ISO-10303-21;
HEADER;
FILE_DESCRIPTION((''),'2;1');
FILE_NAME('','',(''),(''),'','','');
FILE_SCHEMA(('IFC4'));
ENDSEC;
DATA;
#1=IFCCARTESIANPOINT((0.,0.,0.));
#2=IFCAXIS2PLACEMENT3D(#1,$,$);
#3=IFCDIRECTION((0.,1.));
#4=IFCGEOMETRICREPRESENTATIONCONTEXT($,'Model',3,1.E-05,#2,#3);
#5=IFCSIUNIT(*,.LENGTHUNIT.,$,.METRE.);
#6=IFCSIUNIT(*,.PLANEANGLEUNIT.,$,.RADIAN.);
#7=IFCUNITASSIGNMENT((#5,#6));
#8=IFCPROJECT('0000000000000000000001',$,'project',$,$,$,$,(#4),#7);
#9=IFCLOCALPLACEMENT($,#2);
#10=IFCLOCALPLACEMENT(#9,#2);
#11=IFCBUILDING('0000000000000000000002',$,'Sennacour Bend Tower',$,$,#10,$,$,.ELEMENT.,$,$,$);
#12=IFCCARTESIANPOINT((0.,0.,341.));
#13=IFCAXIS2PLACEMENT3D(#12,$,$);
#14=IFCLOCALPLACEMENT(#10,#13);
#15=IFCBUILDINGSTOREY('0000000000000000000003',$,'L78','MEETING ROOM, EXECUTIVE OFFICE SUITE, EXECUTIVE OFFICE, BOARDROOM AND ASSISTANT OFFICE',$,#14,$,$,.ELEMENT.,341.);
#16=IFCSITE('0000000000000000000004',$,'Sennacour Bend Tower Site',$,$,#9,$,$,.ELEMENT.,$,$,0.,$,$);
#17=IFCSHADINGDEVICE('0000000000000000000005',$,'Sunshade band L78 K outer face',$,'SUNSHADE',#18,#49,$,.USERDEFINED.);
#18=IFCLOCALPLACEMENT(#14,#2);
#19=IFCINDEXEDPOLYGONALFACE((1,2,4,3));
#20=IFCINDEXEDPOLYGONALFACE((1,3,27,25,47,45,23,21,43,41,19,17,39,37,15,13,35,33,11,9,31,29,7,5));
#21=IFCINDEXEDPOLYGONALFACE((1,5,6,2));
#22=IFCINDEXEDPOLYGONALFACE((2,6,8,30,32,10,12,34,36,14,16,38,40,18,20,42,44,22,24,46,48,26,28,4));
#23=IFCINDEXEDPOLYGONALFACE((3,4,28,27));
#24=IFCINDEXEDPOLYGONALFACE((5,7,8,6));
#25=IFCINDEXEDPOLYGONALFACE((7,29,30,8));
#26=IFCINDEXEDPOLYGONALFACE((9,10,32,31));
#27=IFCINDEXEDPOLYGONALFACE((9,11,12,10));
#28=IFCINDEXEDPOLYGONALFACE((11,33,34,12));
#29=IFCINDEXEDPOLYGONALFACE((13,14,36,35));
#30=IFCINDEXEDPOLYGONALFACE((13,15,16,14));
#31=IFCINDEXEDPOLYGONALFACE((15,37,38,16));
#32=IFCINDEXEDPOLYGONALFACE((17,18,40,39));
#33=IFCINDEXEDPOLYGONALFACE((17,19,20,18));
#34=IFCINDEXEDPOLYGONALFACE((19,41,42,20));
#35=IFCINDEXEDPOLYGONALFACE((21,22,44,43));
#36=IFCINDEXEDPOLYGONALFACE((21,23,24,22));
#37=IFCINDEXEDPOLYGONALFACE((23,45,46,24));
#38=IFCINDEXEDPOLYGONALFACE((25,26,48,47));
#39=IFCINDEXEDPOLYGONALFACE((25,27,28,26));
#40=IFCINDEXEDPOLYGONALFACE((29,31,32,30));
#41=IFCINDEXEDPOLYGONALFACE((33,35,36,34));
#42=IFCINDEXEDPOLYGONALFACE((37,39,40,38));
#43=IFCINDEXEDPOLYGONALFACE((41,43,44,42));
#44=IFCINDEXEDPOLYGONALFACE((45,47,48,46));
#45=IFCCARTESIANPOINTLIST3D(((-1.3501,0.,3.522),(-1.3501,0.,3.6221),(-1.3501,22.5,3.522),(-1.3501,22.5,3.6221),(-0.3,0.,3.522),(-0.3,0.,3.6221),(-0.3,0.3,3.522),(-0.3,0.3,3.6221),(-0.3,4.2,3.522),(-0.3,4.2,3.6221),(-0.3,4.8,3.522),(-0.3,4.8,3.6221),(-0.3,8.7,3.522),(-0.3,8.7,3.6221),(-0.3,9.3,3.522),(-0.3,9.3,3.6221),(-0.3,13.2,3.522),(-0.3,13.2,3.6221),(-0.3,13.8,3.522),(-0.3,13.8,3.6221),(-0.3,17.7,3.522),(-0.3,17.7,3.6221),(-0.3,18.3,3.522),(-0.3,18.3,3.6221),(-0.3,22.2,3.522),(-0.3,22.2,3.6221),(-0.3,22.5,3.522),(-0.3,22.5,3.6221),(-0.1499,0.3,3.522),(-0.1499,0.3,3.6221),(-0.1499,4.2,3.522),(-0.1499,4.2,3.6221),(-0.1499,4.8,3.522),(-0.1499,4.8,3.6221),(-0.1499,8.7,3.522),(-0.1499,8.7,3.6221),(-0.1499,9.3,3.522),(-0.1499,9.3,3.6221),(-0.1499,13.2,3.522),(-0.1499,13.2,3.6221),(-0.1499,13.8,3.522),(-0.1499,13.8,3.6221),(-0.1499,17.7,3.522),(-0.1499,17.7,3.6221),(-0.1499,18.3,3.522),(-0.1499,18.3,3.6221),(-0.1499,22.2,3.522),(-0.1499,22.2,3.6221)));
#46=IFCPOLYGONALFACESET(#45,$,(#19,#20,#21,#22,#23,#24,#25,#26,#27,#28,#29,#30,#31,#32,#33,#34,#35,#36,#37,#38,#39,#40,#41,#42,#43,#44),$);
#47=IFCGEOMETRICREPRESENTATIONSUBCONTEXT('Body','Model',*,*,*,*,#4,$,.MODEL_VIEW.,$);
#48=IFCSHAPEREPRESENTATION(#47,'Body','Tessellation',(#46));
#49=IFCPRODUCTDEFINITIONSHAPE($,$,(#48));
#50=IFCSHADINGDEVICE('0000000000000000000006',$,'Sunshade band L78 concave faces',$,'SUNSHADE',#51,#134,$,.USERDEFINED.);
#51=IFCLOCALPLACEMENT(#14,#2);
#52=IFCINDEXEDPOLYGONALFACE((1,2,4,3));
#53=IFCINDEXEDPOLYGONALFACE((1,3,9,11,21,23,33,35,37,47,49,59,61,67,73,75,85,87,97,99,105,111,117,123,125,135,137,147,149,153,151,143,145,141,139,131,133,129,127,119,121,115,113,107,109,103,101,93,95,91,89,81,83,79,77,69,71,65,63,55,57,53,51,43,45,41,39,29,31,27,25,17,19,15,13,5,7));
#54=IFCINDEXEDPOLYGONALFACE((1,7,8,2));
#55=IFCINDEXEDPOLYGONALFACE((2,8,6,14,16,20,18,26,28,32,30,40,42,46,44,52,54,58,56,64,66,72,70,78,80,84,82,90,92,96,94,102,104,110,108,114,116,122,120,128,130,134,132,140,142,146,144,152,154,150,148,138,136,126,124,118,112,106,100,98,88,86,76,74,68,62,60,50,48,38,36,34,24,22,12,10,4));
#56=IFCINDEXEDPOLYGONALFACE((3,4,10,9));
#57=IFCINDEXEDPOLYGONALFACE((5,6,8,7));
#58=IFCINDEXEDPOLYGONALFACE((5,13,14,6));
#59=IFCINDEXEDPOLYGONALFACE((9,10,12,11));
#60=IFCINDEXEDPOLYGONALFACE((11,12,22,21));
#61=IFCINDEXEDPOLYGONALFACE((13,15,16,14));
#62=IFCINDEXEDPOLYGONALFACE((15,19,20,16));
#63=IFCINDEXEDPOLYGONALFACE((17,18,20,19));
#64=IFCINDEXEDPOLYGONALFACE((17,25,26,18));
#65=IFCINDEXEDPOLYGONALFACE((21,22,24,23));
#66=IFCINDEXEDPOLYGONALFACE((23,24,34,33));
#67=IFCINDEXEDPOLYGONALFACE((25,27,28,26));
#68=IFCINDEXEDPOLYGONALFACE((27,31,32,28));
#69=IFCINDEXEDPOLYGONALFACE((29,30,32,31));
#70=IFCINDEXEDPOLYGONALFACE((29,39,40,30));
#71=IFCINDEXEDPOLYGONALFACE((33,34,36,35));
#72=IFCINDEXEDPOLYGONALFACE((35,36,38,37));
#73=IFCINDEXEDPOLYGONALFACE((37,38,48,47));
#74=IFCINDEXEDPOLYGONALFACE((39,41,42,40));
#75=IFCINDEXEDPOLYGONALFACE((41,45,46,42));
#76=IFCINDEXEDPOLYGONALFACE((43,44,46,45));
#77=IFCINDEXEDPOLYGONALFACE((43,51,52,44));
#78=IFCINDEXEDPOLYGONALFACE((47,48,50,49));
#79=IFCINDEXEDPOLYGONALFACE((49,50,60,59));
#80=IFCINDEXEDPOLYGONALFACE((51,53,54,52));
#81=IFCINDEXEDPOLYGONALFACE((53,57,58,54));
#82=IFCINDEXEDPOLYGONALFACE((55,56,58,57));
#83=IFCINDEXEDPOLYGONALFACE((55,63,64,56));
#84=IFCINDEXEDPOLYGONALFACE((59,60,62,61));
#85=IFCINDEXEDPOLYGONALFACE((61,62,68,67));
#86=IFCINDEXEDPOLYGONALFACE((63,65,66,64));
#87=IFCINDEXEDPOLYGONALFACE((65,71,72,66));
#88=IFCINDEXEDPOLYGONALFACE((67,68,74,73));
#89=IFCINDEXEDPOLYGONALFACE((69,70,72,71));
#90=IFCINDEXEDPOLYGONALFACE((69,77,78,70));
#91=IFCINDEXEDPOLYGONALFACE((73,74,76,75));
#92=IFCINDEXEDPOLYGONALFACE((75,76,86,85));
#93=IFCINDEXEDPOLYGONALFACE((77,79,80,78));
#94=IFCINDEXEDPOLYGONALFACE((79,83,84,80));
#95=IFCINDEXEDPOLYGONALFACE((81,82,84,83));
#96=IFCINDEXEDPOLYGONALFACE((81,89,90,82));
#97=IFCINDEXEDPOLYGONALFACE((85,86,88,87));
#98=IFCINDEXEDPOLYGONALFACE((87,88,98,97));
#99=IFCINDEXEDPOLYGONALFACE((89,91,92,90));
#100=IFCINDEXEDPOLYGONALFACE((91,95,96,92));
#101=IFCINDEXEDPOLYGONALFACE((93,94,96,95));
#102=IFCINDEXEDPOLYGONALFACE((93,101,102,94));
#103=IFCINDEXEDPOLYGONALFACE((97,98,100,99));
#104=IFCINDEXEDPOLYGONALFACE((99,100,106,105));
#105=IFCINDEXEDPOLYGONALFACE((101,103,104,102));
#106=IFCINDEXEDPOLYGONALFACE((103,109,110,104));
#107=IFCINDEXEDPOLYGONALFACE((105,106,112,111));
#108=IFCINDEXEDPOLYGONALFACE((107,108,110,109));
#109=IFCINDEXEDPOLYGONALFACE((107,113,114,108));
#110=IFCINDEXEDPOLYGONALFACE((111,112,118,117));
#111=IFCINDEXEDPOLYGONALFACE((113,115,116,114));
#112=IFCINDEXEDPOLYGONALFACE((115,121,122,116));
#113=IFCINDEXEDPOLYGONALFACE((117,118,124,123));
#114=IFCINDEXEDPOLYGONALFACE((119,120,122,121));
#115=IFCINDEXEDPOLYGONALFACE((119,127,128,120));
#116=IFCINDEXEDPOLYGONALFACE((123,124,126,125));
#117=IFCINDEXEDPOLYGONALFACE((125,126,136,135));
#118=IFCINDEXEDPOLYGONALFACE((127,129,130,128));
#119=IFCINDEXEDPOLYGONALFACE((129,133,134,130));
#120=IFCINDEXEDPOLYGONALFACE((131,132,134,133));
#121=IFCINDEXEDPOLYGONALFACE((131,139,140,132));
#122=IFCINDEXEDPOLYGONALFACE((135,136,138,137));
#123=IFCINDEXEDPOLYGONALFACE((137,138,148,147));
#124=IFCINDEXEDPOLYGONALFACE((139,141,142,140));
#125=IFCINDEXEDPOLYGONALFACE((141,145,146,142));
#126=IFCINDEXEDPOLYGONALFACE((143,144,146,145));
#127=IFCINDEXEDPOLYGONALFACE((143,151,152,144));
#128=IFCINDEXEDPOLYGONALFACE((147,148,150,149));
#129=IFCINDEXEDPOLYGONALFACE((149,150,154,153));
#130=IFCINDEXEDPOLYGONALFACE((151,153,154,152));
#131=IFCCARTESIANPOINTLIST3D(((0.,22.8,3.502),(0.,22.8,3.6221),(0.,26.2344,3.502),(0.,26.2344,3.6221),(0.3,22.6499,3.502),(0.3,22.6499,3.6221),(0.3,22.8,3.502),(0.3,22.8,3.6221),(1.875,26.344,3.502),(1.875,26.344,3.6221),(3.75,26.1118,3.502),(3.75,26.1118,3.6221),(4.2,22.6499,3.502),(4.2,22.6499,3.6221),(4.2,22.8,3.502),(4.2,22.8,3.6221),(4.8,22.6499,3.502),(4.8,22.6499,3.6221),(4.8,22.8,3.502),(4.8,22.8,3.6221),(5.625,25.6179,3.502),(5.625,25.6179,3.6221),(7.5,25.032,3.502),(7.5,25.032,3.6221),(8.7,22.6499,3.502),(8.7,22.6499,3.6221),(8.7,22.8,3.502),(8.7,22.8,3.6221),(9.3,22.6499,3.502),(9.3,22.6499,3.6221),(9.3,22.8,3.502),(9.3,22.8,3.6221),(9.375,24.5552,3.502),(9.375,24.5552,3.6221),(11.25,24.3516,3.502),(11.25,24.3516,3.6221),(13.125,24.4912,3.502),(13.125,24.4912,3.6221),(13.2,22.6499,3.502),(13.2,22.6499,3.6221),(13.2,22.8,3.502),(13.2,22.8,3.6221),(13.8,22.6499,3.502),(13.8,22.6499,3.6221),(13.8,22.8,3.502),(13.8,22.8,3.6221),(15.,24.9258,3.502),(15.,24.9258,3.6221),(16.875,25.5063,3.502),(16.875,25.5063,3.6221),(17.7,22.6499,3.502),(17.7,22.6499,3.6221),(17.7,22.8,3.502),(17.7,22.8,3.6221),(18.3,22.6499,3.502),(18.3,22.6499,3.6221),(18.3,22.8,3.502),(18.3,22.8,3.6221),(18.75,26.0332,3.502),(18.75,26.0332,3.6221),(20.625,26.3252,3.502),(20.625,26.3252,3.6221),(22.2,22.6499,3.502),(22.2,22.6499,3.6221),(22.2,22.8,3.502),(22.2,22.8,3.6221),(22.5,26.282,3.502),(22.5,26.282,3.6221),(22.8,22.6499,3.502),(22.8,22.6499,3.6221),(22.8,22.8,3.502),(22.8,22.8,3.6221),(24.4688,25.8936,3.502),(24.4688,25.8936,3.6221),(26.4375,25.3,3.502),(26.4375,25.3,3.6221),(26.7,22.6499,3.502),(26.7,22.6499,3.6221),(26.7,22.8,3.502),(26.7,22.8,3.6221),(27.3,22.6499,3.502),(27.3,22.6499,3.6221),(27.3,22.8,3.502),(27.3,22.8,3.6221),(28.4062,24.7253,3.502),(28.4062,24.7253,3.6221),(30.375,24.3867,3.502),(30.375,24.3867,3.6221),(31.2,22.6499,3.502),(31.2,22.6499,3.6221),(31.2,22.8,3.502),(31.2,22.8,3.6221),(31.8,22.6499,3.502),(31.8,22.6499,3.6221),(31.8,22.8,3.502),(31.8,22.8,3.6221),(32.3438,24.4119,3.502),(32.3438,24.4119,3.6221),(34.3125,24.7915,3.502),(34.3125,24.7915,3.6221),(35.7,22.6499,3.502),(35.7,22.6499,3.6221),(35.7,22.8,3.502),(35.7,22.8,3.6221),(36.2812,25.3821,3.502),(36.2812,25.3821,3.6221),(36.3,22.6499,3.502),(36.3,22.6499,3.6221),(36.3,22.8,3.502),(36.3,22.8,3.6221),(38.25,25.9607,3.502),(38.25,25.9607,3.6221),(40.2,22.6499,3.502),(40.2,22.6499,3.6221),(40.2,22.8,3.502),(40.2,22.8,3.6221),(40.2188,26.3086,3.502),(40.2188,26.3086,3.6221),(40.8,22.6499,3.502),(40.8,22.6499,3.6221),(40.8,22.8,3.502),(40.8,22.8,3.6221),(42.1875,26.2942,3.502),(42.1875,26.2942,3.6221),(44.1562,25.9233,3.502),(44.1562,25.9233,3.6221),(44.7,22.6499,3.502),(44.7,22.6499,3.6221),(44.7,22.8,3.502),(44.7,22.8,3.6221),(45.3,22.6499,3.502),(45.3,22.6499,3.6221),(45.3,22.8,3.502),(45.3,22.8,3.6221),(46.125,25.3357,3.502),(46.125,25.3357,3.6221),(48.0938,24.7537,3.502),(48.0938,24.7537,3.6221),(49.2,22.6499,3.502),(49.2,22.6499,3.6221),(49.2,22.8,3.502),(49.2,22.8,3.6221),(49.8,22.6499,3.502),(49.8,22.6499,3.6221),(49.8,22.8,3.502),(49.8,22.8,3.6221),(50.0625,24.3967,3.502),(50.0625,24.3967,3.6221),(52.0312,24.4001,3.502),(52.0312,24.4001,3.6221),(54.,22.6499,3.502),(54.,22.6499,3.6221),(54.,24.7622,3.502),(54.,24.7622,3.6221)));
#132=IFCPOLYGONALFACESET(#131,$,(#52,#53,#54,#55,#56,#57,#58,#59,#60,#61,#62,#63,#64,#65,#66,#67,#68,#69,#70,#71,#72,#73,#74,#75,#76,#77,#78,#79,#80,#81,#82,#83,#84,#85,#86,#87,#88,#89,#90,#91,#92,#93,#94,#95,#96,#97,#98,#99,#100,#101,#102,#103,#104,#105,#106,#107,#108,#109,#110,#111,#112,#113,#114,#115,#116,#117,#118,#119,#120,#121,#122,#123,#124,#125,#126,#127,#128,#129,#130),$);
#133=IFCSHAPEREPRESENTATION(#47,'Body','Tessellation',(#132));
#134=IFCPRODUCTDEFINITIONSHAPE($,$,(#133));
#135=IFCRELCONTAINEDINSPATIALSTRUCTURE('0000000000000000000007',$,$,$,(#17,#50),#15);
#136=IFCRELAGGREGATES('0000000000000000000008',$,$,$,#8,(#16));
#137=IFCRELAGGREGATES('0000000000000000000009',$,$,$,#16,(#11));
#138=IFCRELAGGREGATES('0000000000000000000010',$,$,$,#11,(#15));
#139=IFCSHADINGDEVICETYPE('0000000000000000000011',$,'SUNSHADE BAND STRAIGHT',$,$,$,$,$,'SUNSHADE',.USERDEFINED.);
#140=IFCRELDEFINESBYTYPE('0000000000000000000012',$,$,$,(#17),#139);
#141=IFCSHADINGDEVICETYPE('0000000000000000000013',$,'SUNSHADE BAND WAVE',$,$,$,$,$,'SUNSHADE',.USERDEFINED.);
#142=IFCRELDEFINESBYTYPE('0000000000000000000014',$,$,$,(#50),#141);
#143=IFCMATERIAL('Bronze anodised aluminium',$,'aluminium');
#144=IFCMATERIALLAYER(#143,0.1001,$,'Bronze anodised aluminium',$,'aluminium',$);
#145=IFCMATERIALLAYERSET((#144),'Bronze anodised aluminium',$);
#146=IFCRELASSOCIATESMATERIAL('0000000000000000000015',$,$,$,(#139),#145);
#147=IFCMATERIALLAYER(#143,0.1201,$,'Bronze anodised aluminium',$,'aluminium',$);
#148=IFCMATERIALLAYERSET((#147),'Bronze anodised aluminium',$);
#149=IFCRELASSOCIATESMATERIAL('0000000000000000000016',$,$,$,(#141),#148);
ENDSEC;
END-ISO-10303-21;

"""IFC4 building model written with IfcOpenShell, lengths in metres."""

from ifc_helpers import new_model, si_unit, direction, frame, origin, place, context, subcontext, project, spatial, polyline, outline, extrude, material, layer, layer_set, type_object, element, save


model = new_model("IFC4")

# Units and contexts
model_context = context("Model", 3, precision=1e-05, world=origin(), true_north=direction((0.0, 1.0)))
body_context = subcontext(model_context, "Body", "Model", "MODEL_VIEW")
ifc_project = project(units=[si_unit("LENGTHUNIT", "METRE"), si_unit("PLANEANGLEUNIT", "RADIAN")], contexts=[model_context])

# Site, building, storey
site_placement = place(None, origin())
site = spatial("IfcSite", under=ifc_project, at=site_placement, Name="Sennacour Bend Tower Site", CompositionType="ELEMENT", RefElevation=0.0)
building_placement = place(site_placement, origin())
building = spatial("IfcBuilding", under=site, at=building_placement, Name="Sennacour Bend Tower", CompositionType="ELEMENT")
storey_placement = place(building_placement, frame((0.0, 0.0, 341.0)))
storey = spatial("IfcBuildingStorey", under=building, at=storey_placement, Name="L78", Description="MEETING ROOM, EXECUTIVE OFFICE SUITE, EXECUTIVE OFFICE, BOARDROOM AND ASSISTANT OFFICE", CompositionType="ELEMENT", Elevation=341.0)

# Shading devices
ifc_material_1 = material(Name="Bronze anodised aluminium", Category="aluminium")
ifc_layer_1 = layer(ifc_material_1, 0.1001, Name="Bronze anodised aluminium", Category="aluminium")
ifc_layer_set_1 = layer_set([ifc_layer_1], Name="Bronze anodised aluminium")
shading_device_type_1 = type_object("IfcShadingDeviceType", Name="SUNSHADE BAND STRAIGHT", ElementType="SUNSHADE", PredefinedType="USERDEFINED", material=ifc_layer_set_1)
shading_device_1_placement = place(storey_placement, frame((0.0, 0.0, 3.522)))
element("IfcShadingDevice", 1, at=shading_device_1_placement, inside=storey, type_object=shading_device_type_1, Name="Sunshade band L78 K outer face", ObjectType="SUNSHADE", PredefinedType="USERDEFINED", context=body_context, shape_type="SweptSolid", body=[
    extrude(outline(polyline([(-0.1499, 18.3), (-0.3, 18.3), (-0.3, 17.7), (-0.1499, 17.7), (-0.1499, 13.8), (-0.3, 13.8), (-0.3, 13.2), (-0.1499, 13.2), (-0.1499, 9.3), (-0.3, 9.3), (-0.3, 8.7), (-0.1499, 8.7), (-0.1499, 4.8), (-0.3, 4.8), (-0.3, 4.2), (-0.1499, 4.2), (-0.1499, 0.3), (-0.3, 0.3), (-0.3, 0.0), (-1.3501, 0.0), (-1.3501, 22.5), (-0.3, 22.5), (-0.3, 22.2), (-0.1499, 22.2), (-0.1499, 18.3)])), origin(), (0.0, 0.0, 1.0), 0.1001),
])
ifc_layer_2 = layer(ifc_material_1, 0.1201, Name="Bronze anodised aluminium", Category="aluminium")
ifc_layer_set_2 = layer_set([ifc_layer_2], Name="Bronze anodised aluminium")
shading_device_type_2 = type_object("IfcShadingDeviceType", Name="SUNSHADE BAND WAVE", ElementType="SUNSHADE", PredefinedType="USERDEFINED", material=ifc_layer_set_2)
shading_device_2_placement = place(storey_placement, frame((0.0, 0.0, 3.502)))
element("IfcShadingDevice", 2, at=shading_device_2_placement, inside=storey, type_object=shading_device_type_2, Name="Sunshade band L78 concave faces", ObjectType="SUNSHADE", PredefinedType="USERDEFINED", context=body_context, shape_type="SweptSolid", body=[
    extrude(outline(polyline([(54.0, 22.6499), (49.8, 22.6499), (49.8, 22.8), (49.2, 22.8), (49.2, 22.6499), (45.3, 22.6499), (45.3, 22.8), (44.7, 22.8), (44.7, 22.6499), (40.8, 22.6499), (40.8, 22.8), (40.2, 22.8), (40.2, 22.6499), (36.3, 22.6499), (36.3, 22.8), (35.7, 22.8), (35.7, 22.6499), (31.8, 22.6499), (31.8, 22.8), (31.2, 22.8), (31.2, 22.6499), (27.3, 22.6499), (27.3, 22.8), (26.7, 22.8), (26.7, 22.6499), (22.8, 22.6499), (22.8, 22.8), (22.2, 22.8), (22.2, 22.6499), (18.3, 22.6499), (18.3, 22.8), (17.7, 22.8), (17.7, 22.6499), (13.8, 22.6499), (13.8, 22.8), (13.2, 22.8), (13.2, 22.6499), (9.3, 22.6499), (9.3, 22.8), (8.7, 22.8), (8.7, 22.6499), (4.8, 22.6499), (4.8, 22.8), (4.2, 22.8), (4.2, 22.6499), (0.3, 22.6499), (0.3, 22.8), (0.0, 22.8), (0.0, 26.2344), (1.875, 26.344), (3.75, 26.1118), (5.625, 25.6179), (7.5, 25.032), (9.375, 24.5552), (11.25, 24.3516), (13.125, 24.4912), (15.0, 24.9258), (16.875, 25.5063), (18.75, 26.0332), (20.625, 26.3252), (22.5, 26.282), (24.4688, 25.8936), (26.4375, 25.3), (28.4062, 24.7253), (30.375, 24.3867), (32.3438, 24.4119), (34.3125, 24.7915), (36.2812, 25.3821), (38.25, 25.9607), (40.2188, 26.3086), (42.1875, 26.2942), (44.1562, 25.9233), (46.125, 25.3357), (48.0938, 24.7537), (50.0625, 24.3967), (52.0312, 24.4001), (54.0, 24.7622), (54.0, 22.6499)])), origin(), (0.0, 0.0, 1.0), 0.1201),
])

save(model, "model.ifc")
